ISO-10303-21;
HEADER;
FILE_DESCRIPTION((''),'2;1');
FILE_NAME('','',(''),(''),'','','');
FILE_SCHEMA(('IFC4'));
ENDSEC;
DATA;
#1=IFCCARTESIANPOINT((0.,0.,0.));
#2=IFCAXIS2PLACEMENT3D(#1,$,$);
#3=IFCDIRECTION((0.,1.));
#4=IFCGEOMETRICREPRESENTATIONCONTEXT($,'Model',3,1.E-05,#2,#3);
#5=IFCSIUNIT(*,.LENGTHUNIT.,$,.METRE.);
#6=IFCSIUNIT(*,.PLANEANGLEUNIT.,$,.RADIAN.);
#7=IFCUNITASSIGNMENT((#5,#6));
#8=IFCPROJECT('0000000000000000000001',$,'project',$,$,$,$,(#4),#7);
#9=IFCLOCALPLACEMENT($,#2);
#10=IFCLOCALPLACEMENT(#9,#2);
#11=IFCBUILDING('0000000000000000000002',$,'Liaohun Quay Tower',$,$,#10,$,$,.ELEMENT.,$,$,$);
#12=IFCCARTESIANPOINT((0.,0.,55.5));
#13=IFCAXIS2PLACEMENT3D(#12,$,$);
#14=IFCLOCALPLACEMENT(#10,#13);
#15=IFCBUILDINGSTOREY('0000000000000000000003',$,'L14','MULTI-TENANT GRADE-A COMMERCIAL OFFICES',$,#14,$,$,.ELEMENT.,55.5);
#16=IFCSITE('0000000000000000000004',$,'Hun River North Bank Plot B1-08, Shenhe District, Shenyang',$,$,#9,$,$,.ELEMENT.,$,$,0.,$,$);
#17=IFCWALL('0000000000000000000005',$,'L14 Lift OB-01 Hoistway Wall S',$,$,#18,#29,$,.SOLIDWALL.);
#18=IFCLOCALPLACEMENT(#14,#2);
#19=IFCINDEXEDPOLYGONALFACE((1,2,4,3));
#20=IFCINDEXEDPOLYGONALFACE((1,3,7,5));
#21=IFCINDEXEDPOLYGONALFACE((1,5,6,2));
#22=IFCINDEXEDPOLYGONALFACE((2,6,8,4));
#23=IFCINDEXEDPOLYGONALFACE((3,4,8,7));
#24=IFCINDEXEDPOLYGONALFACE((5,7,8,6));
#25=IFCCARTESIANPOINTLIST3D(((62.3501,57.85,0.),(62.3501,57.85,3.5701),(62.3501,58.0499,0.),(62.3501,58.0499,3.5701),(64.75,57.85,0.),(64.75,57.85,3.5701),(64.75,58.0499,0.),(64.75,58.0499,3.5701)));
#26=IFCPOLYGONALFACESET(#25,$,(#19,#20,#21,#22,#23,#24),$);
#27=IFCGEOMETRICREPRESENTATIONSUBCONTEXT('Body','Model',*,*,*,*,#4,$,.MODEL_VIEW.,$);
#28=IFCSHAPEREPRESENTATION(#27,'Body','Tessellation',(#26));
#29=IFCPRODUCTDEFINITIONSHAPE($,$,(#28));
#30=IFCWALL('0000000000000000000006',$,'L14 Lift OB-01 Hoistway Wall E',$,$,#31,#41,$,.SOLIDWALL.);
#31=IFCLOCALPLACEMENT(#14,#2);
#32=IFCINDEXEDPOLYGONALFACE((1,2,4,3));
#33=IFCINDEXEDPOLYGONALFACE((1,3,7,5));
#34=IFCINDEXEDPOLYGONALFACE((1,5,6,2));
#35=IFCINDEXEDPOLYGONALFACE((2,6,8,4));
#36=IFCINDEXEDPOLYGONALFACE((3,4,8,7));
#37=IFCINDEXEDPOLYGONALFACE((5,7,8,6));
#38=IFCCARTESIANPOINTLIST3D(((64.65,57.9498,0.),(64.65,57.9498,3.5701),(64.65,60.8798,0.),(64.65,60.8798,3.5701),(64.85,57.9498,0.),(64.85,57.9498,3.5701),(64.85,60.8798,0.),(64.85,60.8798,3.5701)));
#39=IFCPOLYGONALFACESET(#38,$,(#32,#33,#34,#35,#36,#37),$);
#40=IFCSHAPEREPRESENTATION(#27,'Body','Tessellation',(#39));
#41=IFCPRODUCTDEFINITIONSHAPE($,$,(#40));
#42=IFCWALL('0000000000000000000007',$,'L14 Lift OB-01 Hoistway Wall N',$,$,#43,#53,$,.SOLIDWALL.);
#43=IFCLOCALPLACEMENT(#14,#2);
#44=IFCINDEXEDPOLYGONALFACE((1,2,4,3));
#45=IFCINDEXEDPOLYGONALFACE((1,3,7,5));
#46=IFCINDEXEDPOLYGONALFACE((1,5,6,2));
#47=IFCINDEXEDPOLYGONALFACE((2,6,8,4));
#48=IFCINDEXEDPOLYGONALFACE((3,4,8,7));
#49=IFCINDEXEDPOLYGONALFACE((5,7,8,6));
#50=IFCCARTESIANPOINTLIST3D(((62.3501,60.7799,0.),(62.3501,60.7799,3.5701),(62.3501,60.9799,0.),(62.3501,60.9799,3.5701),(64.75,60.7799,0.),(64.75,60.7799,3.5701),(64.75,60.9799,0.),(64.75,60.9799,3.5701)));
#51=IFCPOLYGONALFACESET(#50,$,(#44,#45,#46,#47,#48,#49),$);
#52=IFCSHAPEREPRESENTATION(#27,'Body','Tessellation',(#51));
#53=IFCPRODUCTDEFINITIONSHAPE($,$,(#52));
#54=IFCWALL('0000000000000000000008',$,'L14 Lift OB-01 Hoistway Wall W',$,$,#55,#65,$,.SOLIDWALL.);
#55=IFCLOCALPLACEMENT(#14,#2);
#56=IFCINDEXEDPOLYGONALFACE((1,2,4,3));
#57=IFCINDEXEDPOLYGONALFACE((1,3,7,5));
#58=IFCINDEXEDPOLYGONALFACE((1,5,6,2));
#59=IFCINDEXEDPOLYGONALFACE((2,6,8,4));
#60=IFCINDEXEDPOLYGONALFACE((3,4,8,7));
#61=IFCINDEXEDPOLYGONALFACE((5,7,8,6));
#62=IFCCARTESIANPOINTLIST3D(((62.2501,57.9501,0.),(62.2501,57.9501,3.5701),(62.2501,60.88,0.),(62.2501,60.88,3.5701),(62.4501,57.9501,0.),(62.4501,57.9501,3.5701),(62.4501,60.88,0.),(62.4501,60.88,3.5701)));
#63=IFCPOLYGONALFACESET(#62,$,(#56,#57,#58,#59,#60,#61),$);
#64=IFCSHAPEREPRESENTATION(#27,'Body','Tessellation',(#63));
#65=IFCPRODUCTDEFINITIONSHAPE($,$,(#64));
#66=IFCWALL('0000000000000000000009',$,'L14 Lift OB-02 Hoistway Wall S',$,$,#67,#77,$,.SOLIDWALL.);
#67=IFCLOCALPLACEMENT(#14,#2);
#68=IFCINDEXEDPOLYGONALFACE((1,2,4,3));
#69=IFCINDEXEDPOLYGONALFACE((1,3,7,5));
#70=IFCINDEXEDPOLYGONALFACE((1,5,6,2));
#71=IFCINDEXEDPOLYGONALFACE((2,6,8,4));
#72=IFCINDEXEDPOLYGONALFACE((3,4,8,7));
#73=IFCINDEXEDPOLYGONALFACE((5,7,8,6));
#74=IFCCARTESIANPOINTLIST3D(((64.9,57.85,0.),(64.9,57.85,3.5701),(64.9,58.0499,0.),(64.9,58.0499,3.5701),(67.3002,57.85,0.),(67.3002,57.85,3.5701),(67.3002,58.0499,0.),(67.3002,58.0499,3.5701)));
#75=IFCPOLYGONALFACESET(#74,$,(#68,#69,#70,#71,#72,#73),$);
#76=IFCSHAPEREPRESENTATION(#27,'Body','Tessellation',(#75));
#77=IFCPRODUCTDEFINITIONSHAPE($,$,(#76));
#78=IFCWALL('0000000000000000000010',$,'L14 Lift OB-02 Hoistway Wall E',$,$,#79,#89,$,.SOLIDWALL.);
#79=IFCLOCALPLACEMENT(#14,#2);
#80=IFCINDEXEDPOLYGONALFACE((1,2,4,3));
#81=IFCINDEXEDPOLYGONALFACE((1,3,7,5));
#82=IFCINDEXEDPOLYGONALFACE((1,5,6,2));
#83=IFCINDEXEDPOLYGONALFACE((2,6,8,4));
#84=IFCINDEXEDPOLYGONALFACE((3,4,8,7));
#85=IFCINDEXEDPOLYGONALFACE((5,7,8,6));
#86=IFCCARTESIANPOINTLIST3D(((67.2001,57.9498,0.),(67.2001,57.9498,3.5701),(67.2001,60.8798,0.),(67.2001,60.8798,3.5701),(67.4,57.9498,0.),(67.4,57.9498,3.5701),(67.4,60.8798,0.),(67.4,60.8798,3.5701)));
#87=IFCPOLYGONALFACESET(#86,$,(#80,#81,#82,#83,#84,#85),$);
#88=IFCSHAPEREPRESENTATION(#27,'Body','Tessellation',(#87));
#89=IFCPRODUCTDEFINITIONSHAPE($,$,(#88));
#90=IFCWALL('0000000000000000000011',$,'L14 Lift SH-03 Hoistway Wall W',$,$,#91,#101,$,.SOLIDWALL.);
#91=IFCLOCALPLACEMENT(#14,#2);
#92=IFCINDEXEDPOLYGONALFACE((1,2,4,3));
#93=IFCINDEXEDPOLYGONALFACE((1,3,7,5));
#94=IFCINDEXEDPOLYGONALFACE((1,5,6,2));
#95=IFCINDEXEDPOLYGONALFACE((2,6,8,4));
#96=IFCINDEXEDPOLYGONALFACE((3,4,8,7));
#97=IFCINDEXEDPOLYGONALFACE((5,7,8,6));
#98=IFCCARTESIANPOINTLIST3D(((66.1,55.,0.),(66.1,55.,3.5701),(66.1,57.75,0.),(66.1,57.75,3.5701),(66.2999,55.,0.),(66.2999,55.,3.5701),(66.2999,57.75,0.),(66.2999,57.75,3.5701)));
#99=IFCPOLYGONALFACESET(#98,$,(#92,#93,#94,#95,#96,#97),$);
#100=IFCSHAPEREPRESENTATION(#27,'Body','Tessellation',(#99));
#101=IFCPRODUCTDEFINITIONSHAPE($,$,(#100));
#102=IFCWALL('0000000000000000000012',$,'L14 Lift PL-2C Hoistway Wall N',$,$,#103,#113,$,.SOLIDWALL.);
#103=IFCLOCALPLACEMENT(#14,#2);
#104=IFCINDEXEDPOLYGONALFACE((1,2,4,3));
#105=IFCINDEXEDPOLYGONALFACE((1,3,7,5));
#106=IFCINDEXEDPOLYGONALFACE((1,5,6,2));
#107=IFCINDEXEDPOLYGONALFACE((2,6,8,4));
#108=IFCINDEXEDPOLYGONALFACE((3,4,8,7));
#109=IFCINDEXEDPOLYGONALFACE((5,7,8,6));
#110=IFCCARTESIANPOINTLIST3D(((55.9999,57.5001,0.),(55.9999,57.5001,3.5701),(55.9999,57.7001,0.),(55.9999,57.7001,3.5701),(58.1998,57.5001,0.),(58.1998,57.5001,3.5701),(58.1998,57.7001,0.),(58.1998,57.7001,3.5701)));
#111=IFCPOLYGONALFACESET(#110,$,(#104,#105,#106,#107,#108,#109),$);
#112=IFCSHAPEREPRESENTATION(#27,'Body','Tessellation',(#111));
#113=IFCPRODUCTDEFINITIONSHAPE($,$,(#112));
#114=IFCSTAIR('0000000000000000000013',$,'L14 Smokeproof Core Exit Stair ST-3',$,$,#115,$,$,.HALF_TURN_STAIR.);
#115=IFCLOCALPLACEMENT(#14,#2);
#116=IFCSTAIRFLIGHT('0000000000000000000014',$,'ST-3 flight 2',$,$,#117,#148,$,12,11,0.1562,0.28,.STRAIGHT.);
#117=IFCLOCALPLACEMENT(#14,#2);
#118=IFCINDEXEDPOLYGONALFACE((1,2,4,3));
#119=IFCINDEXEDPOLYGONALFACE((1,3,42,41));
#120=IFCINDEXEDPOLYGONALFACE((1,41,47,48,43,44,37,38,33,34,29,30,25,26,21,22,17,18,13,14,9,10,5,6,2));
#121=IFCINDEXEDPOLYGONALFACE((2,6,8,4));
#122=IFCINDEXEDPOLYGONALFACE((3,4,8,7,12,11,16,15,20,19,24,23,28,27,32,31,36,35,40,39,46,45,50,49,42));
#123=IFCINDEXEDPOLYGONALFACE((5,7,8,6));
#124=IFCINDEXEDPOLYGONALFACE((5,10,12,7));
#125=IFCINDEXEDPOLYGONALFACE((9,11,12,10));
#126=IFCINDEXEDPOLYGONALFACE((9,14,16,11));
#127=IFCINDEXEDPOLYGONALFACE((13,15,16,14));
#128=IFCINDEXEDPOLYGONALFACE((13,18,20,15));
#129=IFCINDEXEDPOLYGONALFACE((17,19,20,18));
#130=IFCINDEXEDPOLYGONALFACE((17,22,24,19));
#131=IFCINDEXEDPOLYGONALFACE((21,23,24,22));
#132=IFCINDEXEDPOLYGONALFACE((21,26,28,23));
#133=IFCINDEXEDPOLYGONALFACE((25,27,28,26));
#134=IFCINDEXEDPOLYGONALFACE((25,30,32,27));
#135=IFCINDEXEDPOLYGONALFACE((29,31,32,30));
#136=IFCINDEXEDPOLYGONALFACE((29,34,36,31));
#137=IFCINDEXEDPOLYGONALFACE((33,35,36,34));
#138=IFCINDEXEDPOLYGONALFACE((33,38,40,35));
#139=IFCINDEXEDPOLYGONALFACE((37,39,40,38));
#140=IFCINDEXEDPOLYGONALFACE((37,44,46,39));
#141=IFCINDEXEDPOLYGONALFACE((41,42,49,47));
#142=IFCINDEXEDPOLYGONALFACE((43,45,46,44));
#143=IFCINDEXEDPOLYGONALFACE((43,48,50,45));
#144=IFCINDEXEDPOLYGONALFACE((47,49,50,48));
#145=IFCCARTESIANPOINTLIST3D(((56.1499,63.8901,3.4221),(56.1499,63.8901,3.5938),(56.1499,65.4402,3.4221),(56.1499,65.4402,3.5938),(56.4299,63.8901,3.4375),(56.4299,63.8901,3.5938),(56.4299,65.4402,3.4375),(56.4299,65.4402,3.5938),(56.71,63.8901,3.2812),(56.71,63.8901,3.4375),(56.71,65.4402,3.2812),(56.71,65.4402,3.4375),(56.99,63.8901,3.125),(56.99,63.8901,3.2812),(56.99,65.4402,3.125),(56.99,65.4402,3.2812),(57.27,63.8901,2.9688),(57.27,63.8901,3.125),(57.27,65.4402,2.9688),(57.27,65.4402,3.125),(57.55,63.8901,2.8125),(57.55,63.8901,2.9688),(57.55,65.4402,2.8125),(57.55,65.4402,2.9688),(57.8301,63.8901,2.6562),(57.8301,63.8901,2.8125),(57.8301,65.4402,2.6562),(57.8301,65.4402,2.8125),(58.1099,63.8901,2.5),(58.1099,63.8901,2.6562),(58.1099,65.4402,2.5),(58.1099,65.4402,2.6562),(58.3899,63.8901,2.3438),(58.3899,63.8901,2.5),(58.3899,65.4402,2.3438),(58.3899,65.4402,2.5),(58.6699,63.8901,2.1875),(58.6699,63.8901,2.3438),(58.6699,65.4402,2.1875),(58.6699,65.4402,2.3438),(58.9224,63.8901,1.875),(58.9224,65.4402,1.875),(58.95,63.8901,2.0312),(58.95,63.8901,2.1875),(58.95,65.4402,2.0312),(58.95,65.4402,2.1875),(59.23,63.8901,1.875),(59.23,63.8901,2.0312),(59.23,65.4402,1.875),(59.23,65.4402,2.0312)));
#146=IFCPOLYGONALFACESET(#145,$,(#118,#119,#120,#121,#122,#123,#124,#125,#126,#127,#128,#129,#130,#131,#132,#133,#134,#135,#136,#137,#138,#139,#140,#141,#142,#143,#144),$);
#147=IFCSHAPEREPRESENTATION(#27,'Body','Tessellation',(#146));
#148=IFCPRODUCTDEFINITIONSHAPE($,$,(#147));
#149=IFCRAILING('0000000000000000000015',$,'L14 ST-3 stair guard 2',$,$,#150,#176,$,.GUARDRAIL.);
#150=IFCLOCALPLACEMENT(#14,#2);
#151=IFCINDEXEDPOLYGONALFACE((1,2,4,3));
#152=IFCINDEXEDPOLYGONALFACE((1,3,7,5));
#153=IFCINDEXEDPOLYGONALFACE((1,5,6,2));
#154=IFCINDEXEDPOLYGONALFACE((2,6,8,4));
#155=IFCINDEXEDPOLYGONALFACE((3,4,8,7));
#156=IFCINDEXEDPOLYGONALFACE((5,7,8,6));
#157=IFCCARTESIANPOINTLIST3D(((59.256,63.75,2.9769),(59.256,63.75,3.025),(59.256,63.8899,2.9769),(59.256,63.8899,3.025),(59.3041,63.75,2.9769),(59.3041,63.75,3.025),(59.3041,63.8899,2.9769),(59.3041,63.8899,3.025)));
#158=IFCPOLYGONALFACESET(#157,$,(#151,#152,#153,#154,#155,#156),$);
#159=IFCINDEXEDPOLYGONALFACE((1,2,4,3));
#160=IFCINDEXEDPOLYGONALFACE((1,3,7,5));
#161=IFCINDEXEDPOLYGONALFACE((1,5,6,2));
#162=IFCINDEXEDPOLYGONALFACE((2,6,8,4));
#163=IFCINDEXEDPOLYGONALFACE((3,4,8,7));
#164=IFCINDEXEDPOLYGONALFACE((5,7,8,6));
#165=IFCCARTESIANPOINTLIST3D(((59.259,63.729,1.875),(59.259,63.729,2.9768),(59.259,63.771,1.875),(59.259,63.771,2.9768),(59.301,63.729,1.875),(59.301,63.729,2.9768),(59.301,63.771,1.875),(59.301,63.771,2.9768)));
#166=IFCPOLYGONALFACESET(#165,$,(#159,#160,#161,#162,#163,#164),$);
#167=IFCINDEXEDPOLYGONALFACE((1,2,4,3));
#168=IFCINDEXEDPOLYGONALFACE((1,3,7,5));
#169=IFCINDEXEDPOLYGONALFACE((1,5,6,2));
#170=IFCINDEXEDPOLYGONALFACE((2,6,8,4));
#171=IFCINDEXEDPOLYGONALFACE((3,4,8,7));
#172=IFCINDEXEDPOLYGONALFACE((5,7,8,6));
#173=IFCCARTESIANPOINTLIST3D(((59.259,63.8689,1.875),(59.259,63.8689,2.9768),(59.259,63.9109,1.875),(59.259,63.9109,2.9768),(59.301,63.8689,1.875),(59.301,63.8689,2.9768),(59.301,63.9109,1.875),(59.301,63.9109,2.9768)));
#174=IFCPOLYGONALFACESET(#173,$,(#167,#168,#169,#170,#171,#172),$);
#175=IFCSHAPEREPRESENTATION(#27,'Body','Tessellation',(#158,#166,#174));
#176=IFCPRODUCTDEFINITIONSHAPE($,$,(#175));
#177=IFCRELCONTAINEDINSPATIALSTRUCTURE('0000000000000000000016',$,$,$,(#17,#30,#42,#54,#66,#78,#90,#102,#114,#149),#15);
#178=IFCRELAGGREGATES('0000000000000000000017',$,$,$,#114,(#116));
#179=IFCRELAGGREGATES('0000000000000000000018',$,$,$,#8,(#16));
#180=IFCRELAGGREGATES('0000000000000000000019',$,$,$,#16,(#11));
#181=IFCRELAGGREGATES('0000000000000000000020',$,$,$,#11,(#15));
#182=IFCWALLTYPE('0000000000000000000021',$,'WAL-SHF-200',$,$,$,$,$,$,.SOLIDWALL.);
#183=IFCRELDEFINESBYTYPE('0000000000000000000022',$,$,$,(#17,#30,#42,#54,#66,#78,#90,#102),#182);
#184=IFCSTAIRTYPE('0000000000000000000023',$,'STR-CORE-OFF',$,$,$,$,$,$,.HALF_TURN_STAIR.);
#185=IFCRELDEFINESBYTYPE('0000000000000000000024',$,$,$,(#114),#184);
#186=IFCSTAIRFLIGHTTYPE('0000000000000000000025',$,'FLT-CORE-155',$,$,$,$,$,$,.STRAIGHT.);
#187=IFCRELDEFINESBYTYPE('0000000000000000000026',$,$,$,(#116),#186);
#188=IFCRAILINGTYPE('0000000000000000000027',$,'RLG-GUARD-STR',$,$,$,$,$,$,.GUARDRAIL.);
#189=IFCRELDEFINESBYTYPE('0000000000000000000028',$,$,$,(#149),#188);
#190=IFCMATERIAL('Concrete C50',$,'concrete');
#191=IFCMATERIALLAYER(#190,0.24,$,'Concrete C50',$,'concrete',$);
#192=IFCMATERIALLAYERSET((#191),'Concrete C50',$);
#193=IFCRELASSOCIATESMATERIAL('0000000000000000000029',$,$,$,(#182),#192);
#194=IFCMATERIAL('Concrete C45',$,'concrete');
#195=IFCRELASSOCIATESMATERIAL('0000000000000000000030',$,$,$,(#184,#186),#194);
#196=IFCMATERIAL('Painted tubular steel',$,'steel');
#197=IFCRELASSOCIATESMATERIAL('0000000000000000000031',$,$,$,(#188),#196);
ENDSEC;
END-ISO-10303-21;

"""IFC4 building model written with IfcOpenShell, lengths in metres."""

from ifc_helpers import new_model, si_unit, direction, frame, frame_2d, origin, origin_2d, place, context, subcontext, project, spatial, polyline, rectangle, outline, extrude, material, layer, layer_set, type_object, element, aggregate, save


model = new_model("IFC4")

# Units and contexts
model_context = context("Model", 3, precision=1e-05, world=origin(), true_north=direction((0.0, 1.0)))
body_context = subcontext(model_context, "Body", "Model", "MODEL_VIEW")
ifc_project = project(units=[si_unit("LENGTHUNIT", "METRE"), si_unit("PLANEANGLEUNIT", "RADIAN")], contexts=[model_context])

# Site, building, storey
site_placement = place(None, origin())
site = spatial("IfcSite", under=ifc_project, at=site_placement, Name="Hun River North Bank Plot B1-08, Shenhe District, Shenyang", CompositionType="ELEMENT", RefElevation=0.0)
building_placement = place(site_placement, origin())
building = spatial("IfcBuilding", under=site, at=building_placement, Name="Liaohun Quay Tower", CompositionType="ELEMENT")
storey_placement = place(building_placement, frame((0.0, 0.0, 55.5)))
storey = spatial("IfcBuildingStorey", under=building, at=storey_placement, Name="L14", Description="MULTI-TENANT GRADE-A COMMERCIAL OFFICES", CompositionType="ELEMENT", Elevation=55.5)

# Shared definitions
ifc_material_1 = material(Name="Concrete C50", Category="concrete")
ifc_layer_1 = layer(ifc_material_1, 0.24, Name="Concrete C50", Category="concrete")
ifc_layer_set_1 = layer_set([ifc_layer_1], Name="Concrete C50")
wall_type_1 = type_object("IfcWallType", Name="WAL-SHF-200", PredefinedType="SOLIDWALL", material=ifc_layer_set_1)

# Walls
wall_1_placement = place(storey_placement, frame((62.3501, 57.95, 0.0), z_axis=(0.0, 0.0, 1.0), x_axis=(1.0, 0.0, 0.0)))
element("IfcWall", 1, at=wall_1_placement, inside=storey, type_object=wall_type_1, Name="L14 Lift OB-01 Hoistway Wall S", PredefinedType="SOLIDWALL", context=body_context, shape_type="SweptSolid", body=[
    extrude(rectangle(XDim=2.3999, YDim=0.2, at=frame_2d((1.2, 0.0))), origin(), (0.0, 0.0, 1.0), 3.5701),
])
wall_2_placement = place(storey_placement, frame((64.75, 57.95, 0.0), z_axis=(0.0, 0.0, 1.0), x_axis=(0.0, 1.0, 0.0)))
element("IfcWall", 2, at=wall_2_placement, inside=storey, type_object=wall_type_1, Name="L14 Lift OB-01 Hoistway Wall E", PredefinedType="SOLIDWALL", context=body_context, shape_type="SweptSolid", body=[
    extrude(rectangle(XDim=2.9299, YDim=0.2, at=frame_2d((1.4648, 0.0))), origin(), (0.0, 0.0, 1.0), 3.5701),
])
wall_3_placement = place(storey_placement, frame((64.75, 60.8799, 0.0), z_axis=(0.0, 0.0, 1.0), x_axis=(-1.0, 0.0, 0.0)))
element("IfcWall", 3, at=wall_3_placement, inside=storey, type_object=wall_type_1, Name="L14 Lift OB-01 Hoistway Wall N", PredefinedType="SOLIDWALL", context=body_context, shape_type="SweptSolid", body=[
    extrude(rectangle(XDim=2.3999, YDim=0.2, at=frame_2d((1.2, 0.0))), origin(), (0.0, 0.0, 1.0), 3.5701),
])
wall_4_placement = place(storey_placement, frame((62.3501, 60.8799, 0.0), z_axis=(0.0, 0.0, 1.0), x_axis=(0.0, -1.0, 0.0)))
element("IfcWall", 4, at=wall_4_placement, inside=storey, type_object=wall_type_1, Name="L14 Lift OB-01 Hoistway Wall W", PredefinedType="SOLIDWALL", context=body_context, shape_type="SweptSolid", body=[
    extrude(rectangle(XDim=2.9299, YDim=0.2, at=frame_2d((1.4648, 0.0))), origin(), (0.0, 0.0, 1.0), 3.5701),
])
wall_5_placement = place(storey_placement, frame((64.8999, 57.95, 0.0), z_axis=(0.0, 0.0, 1.0), x_axis=(1.0, 0.0, 0.0)))
element("IfcWall", 5, at=wall_5_placement, inside=storey, type_object=wall_type_1, Name="L14 Lift OB-02 Hoistway Wall S", PredefinedType="SOLIDWALL", context=body_context, shape_type="SweptSolid", body=[
    extrude(rectangle(XDim=2.4001, YDim=0.2, at=frame_2d((1.2002, 0.0))), origin(), (0.0, 0.0, 1.0), 3.5701),
])
wall_6_placement = place(storey_placement, frame((67.3, 57.95, 0.0), z_axis=(0.0, 0.0, 1.0), x_axis=(0.0, 1.0, 0.0)))
element("IfcWall", 6, at=wall_6_placement, inside=storey, type_object=wall_type_1, Name="L14 Lift OB-02 Hoistway Wall E", PredefinedType="SOLIDWALL", context=body_context, shape_type="SweptSolid", body=[
    extrude(rectangle(XDim=2.9299, YDim=0.2, at=frame_2d((1.4648, 0.0))), origin(), (0.0, 0.0, 1.0), 3.5701),
])
wall_7_placement = place(storey_placement, frame((66.2, 57.75, 0.0), z_axis=(0.0, 0.0, 1.0), x_axis=(0.0, -1.0, 0.0)))
element("IfcWall", 7, at=wall_7_placement, inside=storey, type_object=wall_type_1, Name="L14 Lift SH-03 Hoistway Wall W", PredefinedType="SOLIDWALL", context=body_context, shape_type="SweptSolid", body=[
    extrude(rectangle(XDim=2.75, YDim=0.2, at=frame_2d((1.375, 0.0))), origin(), (0.0, 0.0, 1.0), 3.5701),
])
wall_8_placement = place(storey_placement, frame((58.2, 57.6001, 0.0), z_axis=(0.0, 0.0, 1.0), x_axis=(-1.0, 0.0, 0.0)))
element("IfcWall", 8, at=wall_8_placement, inside=storey, type_object=wall_type_1, Name="L14 Lift PL-2C Hoistway Wall N", PredefinedType="SOLIDWALL", context=body_context, shape_type="SweptSolid", body=[
    extrude(rectangle(XDim=2.2, YDim=0.2, at=frame_2d((1.1001, 0.0))), origin(), (0.0, 0.0, 1.0), 3.5701),
])

# Stair, stair flight
ifc_material_2 = material(Name="Concrete C45", Category="concrete")
stair_type = type_object("IfcStairType", Name="STR-CORE-OFF", PredefinedType="HALF_TURN_STAIR", material=ifc_material_2)
stair_placement = place(storey_placement, origin())
stair = element("IfcStair", 9, at=stair_placement, inside=storey, type_object=stair_type, Name="L14 Smokeproof Core Exit Stair ST-3", PredefinedType="HALF_TURN_STAIR")
stair_flight_type = type_object("IfcStairFlightType", Name="FLT-CORE-155", PredefinedType="STRAIGHT", material=ifc_material_2)
stair_flight_placement = place(storey_placement, frame((59.23, 64.665, 1.875), z_axis=(0.0, 0.0, 1.0), x_axis=(-1.0, 0.0, 0.0)))
stair_flight = element("IfcStairFlight", 10, at=stair_flight_placement, type_object=stair_flight_type, Name="ST-3 flight 2", NumberOfRisers=12, NumberOfTreads=11, PredefinedType="STRAIGHT", RiserHeight=0.1562, TreadLength=0.28, context=body_context, shape_type="SweptSolid", body=[
    extrude(outline(polyline([(0.0, 0.0), (0.0, 0.1562), (0.28, 0.1562), (0.28, 0.3125), (0.5601, 0.3125), (0.5601, 0.4688), (0.8401, 0.4688), (0.8401, 0.625), (1.1201, 0.625), (1.1201, 0.7812), (1.3999, 0.7812), (1.3999, 0.9375), (1.6799, 0.9375), (1.6799, 1.0938), (1.96, 1.0938), (1.96, 1.25), (2.24, 1.25), (2.24, 1.4062), (2.52, 1.4062), (2.52, 1.5625), (2.8, 1.5625), (2.8, 1.7188), (3.0801, 1.7188), (3.0801, 1.875), (3.0801, 1.5471), (0.3076, 0.0), (0.0, 0.0)])), frame((0.0, 0.7749, 0.0), z_axis=(0.0, -1.0, 0.0), x_axis=(1.0, 0.0, 0.0)), (0.0, 0.0, 1.0), 1.55),
])
aggregate(stair, [stair_flight])

# Railing
ifc_material_3 = material(Name="Painted tubular steel", Category="steel")
railing_type_1 = type_object("IfcRailingType", Name="RLG-GUARD-STR", PredefinedType="GUARDRAIL", material=ifc_material_3)
railing_1_placement = place(storey_placement, frame((59.28, 63.75, 1.875)))
element("IfcRailing", 11, at=railing_1_placement, inside=storey, type_object=railing_type_1, Name="L14 ST-3 stair guard 2", PredefinedType="GUARDRAIL", context=body_context, shape_type="SweptSolid", body=[
    extrude(rectangle(XDim=0.0481, YDim=0.0481, at=origin_2d()), frame((0.0, 0.0, 1.126), z_axis=(0.0, 1.0, 0.0), x_axis=(-1.0, 0.0, 0.0)), (0.0, 0.0, 1.0), 0.1399),
    extrude(rectangle(XDim=0.042, YDim=0.042, at=origin_2d()), origin(), (0.0, 0.0, 1.0), 1.1018),
    extrude(rectangle(XDim=0.042, YDim=0.042, at=origin_2d()), frame((0.0, 0.1399, 0.0)), (0.0, 0.0, 1.0), 1.1018),
])

save(model, "model.ifc")
